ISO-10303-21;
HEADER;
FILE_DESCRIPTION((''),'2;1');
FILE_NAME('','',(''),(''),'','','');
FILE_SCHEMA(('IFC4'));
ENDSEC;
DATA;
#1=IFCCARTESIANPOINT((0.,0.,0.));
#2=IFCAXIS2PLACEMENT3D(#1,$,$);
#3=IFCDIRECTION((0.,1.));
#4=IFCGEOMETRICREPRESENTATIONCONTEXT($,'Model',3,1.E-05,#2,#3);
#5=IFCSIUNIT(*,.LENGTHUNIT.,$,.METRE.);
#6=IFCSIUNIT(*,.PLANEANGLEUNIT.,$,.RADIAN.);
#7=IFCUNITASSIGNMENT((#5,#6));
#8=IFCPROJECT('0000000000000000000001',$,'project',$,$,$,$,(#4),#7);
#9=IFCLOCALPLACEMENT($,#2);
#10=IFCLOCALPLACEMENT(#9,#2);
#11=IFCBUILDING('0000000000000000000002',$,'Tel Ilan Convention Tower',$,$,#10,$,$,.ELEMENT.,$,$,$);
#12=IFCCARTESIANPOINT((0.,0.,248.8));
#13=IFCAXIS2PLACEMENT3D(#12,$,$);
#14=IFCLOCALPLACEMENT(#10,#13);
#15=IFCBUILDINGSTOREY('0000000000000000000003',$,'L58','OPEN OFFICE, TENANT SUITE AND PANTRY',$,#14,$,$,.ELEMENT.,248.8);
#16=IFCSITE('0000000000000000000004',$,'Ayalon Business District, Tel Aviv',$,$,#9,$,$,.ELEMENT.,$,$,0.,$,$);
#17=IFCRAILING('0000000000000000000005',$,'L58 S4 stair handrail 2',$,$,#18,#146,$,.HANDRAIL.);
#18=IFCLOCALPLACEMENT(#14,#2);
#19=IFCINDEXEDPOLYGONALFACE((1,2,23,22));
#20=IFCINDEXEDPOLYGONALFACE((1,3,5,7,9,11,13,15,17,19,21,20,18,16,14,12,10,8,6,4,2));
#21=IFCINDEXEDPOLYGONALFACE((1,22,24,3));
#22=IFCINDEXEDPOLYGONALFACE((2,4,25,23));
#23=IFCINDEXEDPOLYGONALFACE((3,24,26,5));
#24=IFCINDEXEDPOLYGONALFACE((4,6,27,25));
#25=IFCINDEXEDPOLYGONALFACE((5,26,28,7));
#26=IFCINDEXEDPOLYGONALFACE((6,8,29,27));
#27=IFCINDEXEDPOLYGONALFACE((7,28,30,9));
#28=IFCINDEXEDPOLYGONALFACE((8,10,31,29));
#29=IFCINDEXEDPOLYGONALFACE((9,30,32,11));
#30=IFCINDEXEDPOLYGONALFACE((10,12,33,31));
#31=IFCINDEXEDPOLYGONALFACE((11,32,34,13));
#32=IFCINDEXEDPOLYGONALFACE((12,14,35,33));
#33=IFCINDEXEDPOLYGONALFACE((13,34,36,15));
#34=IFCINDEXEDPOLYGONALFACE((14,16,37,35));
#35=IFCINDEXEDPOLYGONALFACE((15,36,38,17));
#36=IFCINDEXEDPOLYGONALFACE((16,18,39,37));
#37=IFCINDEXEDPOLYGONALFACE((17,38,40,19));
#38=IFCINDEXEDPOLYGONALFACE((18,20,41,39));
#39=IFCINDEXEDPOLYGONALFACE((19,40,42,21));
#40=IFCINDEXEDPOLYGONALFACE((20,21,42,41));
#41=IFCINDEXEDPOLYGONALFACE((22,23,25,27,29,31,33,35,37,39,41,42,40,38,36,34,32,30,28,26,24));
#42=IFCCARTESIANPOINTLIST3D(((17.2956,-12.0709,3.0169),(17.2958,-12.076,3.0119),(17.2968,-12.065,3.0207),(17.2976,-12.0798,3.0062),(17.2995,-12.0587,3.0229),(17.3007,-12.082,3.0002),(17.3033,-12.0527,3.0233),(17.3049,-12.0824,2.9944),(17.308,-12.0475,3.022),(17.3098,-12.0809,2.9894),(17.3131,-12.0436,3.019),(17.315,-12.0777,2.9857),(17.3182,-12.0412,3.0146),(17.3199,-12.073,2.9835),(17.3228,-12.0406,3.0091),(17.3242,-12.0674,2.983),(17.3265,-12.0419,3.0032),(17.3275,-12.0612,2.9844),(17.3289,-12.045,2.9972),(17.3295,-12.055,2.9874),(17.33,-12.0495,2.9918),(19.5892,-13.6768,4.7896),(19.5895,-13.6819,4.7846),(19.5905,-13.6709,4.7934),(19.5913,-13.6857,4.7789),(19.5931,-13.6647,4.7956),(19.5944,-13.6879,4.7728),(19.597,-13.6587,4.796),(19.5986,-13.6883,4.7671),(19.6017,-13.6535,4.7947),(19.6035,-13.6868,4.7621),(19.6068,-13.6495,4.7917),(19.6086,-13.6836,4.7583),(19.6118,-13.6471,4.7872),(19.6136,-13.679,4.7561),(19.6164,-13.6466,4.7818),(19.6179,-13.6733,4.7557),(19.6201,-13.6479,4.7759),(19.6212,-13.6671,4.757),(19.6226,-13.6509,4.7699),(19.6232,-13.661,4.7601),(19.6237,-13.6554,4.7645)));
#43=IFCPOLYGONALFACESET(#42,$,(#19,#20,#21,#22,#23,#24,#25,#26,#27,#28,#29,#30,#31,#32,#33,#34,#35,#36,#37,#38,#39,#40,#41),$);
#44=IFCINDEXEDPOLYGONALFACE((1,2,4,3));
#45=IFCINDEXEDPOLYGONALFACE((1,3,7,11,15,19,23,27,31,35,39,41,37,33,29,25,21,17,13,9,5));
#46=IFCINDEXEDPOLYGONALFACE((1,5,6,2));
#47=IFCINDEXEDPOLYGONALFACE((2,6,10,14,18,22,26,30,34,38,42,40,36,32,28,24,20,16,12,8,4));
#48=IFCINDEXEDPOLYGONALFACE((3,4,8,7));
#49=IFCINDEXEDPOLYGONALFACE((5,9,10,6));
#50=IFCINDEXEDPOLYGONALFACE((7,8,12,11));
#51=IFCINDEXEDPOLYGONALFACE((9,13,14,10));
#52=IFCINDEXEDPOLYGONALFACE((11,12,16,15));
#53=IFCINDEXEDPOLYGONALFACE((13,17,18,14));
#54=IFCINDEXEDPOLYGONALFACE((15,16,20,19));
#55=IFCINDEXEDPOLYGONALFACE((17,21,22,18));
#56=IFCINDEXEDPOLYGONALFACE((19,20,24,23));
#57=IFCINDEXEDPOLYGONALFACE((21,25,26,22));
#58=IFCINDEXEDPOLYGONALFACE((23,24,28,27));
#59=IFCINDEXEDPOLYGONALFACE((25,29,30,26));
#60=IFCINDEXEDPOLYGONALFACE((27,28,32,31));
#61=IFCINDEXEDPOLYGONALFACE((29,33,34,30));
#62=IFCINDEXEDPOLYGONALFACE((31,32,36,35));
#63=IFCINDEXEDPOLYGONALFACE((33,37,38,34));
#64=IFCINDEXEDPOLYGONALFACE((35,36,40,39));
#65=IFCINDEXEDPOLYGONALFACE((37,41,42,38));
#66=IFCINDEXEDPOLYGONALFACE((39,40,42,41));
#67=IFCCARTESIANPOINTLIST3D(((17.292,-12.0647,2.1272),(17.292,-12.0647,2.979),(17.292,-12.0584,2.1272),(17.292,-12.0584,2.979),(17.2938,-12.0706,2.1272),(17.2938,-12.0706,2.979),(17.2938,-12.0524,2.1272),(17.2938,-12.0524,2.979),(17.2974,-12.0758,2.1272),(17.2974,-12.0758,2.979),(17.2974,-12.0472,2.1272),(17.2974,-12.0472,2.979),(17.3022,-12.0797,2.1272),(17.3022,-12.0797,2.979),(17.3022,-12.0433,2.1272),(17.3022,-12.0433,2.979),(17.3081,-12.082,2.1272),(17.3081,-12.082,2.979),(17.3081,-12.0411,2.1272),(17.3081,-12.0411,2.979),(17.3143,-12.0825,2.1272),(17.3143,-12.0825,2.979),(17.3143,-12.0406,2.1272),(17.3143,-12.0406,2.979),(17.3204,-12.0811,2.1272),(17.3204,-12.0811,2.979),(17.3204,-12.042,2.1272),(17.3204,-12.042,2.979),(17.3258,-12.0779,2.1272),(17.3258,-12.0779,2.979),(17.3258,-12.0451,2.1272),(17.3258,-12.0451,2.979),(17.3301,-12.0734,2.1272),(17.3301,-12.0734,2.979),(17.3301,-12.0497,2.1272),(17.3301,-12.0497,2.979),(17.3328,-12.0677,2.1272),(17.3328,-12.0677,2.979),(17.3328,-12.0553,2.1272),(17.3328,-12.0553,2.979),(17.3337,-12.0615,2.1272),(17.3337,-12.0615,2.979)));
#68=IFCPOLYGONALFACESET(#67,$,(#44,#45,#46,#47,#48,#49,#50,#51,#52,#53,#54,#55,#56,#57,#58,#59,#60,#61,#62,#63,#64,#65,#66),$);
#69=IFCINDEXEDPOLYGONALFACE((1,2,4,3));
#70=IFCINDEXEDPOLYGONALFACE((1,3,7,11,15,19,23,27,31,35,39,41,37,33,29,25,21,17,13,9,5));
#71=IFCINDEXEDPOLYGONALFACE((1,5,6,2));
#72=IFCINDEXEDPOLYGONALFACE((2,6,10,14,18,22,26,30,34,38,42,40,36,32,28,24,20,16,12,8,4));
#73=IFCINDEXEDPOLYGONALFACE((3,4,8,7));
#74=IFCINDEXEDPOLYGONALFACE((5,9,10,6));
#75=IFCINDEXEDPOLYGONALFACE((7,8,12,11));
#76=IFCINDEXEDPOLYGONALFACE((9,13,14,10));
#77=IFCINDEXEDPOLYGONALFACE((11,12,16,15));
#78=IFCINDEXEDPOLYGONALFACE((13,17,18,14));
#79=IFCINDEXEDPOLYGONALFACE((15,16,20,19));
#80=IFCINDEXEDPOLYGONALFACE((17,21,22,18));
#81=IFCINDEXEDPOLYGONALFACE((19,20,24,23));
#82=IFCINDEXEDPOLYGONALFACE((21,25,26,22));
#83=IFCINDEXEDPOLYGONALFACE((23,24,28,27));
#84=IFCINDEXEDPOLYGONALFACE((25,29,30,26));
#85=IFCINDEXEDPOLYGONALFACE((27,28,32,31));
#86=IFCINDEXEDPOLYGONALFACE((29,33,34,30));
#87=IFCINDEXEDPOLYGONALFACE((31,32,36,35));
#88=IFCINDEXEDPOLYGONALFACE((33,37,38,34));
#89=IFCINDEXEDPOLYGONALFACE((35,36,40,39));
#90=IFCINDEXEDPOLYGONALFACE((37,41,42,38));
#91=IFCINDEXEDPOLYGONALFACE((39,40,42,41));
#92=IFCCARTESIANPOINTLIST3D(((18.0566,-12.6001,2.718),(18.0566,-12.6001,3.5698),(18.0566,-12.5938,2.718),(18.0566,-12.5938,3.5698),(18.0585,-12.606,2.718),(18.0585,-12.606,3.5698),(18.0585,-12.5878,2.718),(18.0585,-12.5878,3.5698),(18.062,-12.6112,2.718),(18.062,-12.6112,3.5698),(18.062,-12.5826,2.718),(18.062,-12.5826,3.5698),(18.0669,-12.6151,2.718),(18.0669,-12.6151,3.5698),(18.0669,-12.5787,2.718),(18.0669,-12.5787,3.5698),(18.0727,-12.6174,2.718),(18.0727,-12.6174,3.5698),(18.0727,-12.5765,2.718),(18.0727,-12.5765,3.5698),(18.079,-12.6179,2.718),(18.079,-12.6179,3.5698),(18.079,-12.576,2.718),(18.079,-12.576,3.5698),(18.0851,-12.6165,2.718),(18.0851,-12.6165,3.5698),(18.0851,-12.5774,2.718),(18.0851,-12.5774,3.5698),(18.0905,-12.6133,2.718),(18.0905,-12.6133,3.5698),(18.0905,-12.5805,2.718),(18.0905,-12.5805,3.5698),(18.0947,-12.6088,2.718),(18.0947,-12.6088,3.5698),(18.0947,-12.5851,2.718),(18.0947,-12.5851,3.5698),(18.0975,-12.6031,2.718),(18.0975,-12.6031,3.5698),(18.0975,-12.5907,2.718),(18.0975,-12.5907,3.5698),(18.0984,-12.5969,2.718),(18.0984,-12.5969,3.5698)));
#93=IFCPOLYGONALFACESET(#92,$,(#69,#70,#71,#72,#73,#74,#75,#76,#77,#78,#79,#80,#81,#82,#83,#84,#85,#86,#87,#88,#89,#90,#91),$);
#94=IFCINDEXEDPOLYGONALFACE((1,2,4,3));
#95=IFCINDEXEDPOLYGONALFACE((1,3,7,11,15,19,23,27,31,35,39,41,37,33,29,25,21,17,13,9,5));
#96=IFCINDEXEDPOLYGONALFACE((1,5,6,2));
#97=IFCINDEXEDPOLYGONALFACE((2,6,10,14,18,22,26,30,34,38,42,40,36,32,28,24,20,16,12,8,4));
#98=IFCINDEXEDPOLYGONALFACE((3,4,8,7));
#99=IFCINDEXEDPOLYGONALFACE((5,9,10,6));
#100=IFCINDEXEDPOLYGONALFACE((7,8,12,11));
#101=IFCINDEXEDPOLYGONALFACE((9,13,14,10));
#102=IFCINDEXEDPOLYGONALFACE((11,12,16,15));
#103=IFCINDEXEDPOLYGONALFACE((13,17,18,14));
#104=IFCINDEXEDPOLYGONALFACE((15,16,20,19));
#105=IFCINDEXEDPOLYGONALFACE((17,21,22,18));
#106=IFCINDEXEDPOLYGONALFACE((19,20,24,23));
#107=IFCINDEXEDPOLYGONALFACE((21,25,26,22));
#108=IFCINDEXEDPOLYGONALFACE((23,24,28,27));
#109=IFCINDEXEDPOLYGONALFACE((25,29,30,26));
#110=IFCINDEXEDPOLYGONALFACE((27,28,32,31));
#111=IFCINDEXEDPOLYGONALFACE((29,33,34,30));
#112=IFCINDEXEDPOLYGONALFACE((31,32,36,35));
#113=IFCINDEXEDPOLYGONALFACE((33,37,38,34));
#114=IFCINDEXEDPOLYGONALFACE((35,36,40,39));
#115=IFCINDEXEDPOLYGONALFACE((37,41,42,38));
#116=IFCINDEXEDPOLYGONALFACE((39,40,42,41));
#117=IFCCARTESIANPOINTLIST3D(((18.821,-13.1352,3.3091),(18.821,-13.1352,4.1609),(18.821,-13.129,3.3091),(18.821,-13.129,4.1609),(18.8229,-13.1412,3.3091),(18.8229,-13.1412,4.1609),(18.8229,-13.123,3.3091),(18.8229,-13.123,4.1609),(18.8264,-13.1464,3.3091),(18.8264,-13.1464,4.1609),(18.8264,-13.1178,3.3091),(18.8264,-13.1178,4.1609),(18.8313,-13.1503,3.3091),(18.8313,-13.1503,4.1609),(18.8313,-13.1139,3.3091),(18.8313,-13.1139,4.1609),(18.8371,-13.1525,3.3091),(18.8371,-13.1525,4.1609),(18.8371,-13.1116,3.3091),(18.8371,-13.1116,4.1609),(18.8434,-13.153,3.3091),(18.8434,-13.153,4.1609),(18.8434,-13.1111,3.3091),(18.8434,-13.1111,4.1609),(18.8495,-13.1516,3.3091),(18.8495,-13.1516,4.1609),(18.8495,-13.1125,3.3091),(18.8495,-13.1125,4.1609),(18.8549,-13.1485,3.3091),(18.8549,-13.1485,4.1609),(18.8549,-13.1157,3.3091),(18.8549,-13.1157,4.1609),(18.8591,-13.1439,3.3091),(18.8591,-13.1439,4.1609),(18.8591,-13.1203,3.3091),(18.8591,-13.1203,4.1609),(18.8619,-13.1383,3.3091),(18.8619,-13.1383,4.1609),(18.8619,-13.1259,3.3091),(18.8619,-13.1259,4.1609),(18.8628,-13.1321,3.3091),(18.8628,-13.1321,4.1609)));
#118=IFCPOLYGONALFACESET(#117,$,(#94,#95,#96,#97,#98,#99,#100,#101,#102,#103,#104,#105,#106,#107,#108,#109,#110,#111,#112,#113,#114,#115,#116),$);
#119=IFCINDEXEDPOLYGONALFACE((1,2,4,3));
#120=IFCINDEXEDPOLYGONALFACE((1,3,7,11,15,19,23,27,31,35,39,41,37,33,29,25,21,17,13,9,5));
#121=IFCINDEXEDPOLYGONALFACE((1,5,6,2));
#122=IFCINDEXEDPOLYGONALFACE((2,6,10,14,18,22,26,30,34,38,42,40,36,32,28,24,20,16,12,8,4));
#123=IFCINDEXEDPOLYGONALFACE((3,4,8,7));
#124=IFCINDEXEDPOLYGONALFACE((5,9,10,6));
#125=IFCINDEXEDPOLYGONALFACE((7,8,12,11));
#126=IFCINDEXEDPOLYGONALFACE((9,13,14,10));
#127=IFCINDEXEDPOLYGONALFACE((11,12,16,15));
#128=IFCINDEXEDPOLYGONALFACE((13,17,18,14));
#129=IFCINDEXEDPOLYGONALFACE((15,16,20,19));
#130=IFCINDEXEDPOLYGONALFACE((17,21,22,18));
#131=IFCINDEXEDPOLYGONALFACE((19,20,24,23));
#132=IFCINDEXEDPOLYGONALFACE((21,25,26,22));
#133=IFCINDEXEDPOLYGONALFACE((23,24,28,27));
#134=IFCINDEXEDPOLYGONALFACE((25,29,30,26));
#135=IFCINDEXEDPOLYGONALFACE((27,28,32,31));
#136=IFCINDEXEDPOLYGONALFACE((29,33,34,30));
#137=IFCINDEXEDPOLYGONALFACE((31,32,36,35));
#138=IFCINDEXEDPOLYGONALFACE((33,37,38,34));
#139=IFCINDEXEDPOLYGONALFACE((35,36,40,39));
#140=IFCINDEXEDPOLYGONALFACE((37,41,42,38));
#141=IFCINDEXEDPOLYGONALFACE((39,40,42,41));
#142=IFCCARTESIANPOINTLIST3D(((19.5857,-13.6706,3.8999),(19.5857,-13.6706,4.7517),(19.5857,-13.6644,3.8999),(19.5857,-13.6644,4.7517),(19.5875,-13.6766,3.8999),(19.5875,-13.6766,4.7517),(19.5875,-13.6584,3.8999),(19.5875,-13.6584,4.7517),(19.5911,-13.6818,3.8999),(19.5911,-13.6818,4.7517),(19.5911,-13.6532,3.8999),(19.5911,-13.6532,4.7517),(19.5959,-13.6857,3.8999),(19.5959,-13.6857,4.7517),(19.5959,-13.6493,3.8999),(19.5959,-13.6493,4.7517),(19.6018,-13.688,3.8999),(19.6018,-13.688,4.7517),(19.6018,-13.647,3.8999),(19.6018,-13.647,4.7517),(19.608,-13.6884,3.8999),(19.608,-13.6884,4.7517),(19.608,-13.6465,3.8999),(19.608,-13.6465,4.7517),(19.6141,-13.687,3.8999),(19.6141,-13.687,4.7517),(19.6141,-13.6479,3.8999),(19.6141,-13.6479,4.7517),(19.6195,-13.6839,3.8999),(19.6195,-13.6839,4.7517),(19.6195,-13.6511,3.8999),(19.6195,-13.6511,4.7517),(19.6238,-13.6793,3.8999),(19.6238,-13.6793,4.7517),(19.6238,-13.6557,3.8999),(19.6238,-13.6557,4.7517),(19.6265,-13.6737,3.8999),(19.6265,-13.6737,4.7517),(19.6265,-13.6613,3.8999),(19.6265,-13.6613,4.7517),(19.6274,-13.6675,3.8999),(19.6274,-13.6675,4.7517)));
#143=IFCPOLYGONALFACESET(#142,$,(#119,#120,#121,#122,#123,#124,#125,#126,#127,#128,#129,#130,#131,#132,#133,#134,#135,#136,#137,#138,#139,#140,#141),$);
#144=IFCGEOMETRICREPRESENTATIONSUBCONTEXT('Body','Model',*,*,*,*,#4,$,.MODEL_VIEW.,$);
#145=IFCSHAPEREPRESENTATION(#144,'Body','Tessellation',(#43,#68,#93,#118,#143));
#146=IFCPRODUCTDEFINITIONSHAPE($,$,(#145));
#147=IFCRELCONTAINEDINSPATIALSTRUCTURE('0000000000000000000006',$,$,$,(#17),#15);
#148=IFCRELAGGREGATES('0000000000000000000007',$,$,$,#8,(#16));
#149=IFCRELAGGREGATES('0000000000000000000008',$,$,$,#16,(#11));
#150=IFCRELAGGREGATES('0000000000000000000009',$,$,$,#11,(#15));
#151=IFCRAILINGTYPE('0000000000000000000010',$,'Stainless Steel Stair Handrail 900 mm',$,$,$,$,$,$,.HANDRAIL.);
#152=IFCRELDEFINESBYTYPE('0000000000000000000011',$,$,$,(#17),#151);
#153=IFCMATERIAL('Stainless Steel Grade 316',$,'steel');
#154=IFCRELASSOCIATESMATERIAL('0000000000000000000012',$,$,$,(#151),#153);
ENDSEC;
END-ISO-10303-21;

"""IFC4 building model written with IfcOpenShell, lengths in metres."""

from ifc_helpers import new_model, si_unit, direction, frame, origin, origin_2d, place, context, subcontext, project, spatial, circle, extrude, material, type_object, element, save


model = new_model("IFC4")

# Units and contexts
model_context = context("Model", 3, precision=1e-05, world=origin(), true_north=direction((0.0, 1.0)))
body_context = subcontext(model_context, "Body", "Model", "MODEL_VIEW")
ifc_project = project(units=[si_unit("LENGTHUNIT", "METRE"), si_unit("PLANEANGLEUNIT", "RADIAN")], contexts=[model_context])

# Site, building, storey
site_placement = place(None, origin())
site = spatial("IfcSite", under=ifc_project, at=site_placement, Name="Ayalon Business District, Tel Aviv", CompositionType="ELEMENT", RefElevation=0.0)
building_placement = place(site_placement, origin())
building = spatial("IfcBuilding", under=site, at=building_placement, Name="Tel Ilan Convention Tower", CompositionType="ELEMENT")
storey_placement = place(building_placement, frame((0.0, 0.0, 248.8)))
storey = spatial("IfcBuildingStorey", under=building, at=storey_placement, Name="L58", Description="OPEN OFFICE, TENANT SUITE AND PANTRY", CompositionType="ELEMENT", Elevation=248.8)

# Railing
ifc_material_1 = material(Name="Stainless Steel Grade 316", Category="steel")
railing_type = type_object("IfcRailingType", Name="Stainless Steel Stair Handrail 900 mm", PredefinedType="HANDRAIL", material=ifc_material_1)
railing_placement = place(storey_placement, frame((17.3127, -12.0615, 2.1272)))
element("IfcRailing", 1, at=railing_placement, inside=storey, type_object=railing_type, Name="L58 S4 stair handrail 2", PredefinedType="HANDRAIL", context=body_context, shape_type="SweptSolid", body=[
    extrude(circle(Radius=0.0239, at=origin_2d()), frame((0.0, 0.0, 0.876), z_axis=(0.692123, -0.484597, 0.534913), x_axis=(0.57355, 0.81917, 0.0)), (0.0, 0.0, 1.0), 3.314),
    extrude(circle(Radius=0.021, at=origin_2d()), origin(), (0.0, 0.0, 1.0), 0.8518),
    extrude(circle(Radius=0.021, at=origin_2d()), frame((0.7646, -0.5354, 0.5908)), (0.0, 0.0, 1.0), 0.8518),
    extrude(circle(Radius=0.021, at=origin_2d()), frame((1.5291, -1.0706, 1.1819)), (0.0, 0.0, 1.0), 0.8518),
    extrude(circle(Radius=0.021, at=origin_2d()), frame((2.2937, -1.606, 1.7727)), (0.0, 0.0, 1.0), 0.8518),
])

save(model, "model.ifc")
